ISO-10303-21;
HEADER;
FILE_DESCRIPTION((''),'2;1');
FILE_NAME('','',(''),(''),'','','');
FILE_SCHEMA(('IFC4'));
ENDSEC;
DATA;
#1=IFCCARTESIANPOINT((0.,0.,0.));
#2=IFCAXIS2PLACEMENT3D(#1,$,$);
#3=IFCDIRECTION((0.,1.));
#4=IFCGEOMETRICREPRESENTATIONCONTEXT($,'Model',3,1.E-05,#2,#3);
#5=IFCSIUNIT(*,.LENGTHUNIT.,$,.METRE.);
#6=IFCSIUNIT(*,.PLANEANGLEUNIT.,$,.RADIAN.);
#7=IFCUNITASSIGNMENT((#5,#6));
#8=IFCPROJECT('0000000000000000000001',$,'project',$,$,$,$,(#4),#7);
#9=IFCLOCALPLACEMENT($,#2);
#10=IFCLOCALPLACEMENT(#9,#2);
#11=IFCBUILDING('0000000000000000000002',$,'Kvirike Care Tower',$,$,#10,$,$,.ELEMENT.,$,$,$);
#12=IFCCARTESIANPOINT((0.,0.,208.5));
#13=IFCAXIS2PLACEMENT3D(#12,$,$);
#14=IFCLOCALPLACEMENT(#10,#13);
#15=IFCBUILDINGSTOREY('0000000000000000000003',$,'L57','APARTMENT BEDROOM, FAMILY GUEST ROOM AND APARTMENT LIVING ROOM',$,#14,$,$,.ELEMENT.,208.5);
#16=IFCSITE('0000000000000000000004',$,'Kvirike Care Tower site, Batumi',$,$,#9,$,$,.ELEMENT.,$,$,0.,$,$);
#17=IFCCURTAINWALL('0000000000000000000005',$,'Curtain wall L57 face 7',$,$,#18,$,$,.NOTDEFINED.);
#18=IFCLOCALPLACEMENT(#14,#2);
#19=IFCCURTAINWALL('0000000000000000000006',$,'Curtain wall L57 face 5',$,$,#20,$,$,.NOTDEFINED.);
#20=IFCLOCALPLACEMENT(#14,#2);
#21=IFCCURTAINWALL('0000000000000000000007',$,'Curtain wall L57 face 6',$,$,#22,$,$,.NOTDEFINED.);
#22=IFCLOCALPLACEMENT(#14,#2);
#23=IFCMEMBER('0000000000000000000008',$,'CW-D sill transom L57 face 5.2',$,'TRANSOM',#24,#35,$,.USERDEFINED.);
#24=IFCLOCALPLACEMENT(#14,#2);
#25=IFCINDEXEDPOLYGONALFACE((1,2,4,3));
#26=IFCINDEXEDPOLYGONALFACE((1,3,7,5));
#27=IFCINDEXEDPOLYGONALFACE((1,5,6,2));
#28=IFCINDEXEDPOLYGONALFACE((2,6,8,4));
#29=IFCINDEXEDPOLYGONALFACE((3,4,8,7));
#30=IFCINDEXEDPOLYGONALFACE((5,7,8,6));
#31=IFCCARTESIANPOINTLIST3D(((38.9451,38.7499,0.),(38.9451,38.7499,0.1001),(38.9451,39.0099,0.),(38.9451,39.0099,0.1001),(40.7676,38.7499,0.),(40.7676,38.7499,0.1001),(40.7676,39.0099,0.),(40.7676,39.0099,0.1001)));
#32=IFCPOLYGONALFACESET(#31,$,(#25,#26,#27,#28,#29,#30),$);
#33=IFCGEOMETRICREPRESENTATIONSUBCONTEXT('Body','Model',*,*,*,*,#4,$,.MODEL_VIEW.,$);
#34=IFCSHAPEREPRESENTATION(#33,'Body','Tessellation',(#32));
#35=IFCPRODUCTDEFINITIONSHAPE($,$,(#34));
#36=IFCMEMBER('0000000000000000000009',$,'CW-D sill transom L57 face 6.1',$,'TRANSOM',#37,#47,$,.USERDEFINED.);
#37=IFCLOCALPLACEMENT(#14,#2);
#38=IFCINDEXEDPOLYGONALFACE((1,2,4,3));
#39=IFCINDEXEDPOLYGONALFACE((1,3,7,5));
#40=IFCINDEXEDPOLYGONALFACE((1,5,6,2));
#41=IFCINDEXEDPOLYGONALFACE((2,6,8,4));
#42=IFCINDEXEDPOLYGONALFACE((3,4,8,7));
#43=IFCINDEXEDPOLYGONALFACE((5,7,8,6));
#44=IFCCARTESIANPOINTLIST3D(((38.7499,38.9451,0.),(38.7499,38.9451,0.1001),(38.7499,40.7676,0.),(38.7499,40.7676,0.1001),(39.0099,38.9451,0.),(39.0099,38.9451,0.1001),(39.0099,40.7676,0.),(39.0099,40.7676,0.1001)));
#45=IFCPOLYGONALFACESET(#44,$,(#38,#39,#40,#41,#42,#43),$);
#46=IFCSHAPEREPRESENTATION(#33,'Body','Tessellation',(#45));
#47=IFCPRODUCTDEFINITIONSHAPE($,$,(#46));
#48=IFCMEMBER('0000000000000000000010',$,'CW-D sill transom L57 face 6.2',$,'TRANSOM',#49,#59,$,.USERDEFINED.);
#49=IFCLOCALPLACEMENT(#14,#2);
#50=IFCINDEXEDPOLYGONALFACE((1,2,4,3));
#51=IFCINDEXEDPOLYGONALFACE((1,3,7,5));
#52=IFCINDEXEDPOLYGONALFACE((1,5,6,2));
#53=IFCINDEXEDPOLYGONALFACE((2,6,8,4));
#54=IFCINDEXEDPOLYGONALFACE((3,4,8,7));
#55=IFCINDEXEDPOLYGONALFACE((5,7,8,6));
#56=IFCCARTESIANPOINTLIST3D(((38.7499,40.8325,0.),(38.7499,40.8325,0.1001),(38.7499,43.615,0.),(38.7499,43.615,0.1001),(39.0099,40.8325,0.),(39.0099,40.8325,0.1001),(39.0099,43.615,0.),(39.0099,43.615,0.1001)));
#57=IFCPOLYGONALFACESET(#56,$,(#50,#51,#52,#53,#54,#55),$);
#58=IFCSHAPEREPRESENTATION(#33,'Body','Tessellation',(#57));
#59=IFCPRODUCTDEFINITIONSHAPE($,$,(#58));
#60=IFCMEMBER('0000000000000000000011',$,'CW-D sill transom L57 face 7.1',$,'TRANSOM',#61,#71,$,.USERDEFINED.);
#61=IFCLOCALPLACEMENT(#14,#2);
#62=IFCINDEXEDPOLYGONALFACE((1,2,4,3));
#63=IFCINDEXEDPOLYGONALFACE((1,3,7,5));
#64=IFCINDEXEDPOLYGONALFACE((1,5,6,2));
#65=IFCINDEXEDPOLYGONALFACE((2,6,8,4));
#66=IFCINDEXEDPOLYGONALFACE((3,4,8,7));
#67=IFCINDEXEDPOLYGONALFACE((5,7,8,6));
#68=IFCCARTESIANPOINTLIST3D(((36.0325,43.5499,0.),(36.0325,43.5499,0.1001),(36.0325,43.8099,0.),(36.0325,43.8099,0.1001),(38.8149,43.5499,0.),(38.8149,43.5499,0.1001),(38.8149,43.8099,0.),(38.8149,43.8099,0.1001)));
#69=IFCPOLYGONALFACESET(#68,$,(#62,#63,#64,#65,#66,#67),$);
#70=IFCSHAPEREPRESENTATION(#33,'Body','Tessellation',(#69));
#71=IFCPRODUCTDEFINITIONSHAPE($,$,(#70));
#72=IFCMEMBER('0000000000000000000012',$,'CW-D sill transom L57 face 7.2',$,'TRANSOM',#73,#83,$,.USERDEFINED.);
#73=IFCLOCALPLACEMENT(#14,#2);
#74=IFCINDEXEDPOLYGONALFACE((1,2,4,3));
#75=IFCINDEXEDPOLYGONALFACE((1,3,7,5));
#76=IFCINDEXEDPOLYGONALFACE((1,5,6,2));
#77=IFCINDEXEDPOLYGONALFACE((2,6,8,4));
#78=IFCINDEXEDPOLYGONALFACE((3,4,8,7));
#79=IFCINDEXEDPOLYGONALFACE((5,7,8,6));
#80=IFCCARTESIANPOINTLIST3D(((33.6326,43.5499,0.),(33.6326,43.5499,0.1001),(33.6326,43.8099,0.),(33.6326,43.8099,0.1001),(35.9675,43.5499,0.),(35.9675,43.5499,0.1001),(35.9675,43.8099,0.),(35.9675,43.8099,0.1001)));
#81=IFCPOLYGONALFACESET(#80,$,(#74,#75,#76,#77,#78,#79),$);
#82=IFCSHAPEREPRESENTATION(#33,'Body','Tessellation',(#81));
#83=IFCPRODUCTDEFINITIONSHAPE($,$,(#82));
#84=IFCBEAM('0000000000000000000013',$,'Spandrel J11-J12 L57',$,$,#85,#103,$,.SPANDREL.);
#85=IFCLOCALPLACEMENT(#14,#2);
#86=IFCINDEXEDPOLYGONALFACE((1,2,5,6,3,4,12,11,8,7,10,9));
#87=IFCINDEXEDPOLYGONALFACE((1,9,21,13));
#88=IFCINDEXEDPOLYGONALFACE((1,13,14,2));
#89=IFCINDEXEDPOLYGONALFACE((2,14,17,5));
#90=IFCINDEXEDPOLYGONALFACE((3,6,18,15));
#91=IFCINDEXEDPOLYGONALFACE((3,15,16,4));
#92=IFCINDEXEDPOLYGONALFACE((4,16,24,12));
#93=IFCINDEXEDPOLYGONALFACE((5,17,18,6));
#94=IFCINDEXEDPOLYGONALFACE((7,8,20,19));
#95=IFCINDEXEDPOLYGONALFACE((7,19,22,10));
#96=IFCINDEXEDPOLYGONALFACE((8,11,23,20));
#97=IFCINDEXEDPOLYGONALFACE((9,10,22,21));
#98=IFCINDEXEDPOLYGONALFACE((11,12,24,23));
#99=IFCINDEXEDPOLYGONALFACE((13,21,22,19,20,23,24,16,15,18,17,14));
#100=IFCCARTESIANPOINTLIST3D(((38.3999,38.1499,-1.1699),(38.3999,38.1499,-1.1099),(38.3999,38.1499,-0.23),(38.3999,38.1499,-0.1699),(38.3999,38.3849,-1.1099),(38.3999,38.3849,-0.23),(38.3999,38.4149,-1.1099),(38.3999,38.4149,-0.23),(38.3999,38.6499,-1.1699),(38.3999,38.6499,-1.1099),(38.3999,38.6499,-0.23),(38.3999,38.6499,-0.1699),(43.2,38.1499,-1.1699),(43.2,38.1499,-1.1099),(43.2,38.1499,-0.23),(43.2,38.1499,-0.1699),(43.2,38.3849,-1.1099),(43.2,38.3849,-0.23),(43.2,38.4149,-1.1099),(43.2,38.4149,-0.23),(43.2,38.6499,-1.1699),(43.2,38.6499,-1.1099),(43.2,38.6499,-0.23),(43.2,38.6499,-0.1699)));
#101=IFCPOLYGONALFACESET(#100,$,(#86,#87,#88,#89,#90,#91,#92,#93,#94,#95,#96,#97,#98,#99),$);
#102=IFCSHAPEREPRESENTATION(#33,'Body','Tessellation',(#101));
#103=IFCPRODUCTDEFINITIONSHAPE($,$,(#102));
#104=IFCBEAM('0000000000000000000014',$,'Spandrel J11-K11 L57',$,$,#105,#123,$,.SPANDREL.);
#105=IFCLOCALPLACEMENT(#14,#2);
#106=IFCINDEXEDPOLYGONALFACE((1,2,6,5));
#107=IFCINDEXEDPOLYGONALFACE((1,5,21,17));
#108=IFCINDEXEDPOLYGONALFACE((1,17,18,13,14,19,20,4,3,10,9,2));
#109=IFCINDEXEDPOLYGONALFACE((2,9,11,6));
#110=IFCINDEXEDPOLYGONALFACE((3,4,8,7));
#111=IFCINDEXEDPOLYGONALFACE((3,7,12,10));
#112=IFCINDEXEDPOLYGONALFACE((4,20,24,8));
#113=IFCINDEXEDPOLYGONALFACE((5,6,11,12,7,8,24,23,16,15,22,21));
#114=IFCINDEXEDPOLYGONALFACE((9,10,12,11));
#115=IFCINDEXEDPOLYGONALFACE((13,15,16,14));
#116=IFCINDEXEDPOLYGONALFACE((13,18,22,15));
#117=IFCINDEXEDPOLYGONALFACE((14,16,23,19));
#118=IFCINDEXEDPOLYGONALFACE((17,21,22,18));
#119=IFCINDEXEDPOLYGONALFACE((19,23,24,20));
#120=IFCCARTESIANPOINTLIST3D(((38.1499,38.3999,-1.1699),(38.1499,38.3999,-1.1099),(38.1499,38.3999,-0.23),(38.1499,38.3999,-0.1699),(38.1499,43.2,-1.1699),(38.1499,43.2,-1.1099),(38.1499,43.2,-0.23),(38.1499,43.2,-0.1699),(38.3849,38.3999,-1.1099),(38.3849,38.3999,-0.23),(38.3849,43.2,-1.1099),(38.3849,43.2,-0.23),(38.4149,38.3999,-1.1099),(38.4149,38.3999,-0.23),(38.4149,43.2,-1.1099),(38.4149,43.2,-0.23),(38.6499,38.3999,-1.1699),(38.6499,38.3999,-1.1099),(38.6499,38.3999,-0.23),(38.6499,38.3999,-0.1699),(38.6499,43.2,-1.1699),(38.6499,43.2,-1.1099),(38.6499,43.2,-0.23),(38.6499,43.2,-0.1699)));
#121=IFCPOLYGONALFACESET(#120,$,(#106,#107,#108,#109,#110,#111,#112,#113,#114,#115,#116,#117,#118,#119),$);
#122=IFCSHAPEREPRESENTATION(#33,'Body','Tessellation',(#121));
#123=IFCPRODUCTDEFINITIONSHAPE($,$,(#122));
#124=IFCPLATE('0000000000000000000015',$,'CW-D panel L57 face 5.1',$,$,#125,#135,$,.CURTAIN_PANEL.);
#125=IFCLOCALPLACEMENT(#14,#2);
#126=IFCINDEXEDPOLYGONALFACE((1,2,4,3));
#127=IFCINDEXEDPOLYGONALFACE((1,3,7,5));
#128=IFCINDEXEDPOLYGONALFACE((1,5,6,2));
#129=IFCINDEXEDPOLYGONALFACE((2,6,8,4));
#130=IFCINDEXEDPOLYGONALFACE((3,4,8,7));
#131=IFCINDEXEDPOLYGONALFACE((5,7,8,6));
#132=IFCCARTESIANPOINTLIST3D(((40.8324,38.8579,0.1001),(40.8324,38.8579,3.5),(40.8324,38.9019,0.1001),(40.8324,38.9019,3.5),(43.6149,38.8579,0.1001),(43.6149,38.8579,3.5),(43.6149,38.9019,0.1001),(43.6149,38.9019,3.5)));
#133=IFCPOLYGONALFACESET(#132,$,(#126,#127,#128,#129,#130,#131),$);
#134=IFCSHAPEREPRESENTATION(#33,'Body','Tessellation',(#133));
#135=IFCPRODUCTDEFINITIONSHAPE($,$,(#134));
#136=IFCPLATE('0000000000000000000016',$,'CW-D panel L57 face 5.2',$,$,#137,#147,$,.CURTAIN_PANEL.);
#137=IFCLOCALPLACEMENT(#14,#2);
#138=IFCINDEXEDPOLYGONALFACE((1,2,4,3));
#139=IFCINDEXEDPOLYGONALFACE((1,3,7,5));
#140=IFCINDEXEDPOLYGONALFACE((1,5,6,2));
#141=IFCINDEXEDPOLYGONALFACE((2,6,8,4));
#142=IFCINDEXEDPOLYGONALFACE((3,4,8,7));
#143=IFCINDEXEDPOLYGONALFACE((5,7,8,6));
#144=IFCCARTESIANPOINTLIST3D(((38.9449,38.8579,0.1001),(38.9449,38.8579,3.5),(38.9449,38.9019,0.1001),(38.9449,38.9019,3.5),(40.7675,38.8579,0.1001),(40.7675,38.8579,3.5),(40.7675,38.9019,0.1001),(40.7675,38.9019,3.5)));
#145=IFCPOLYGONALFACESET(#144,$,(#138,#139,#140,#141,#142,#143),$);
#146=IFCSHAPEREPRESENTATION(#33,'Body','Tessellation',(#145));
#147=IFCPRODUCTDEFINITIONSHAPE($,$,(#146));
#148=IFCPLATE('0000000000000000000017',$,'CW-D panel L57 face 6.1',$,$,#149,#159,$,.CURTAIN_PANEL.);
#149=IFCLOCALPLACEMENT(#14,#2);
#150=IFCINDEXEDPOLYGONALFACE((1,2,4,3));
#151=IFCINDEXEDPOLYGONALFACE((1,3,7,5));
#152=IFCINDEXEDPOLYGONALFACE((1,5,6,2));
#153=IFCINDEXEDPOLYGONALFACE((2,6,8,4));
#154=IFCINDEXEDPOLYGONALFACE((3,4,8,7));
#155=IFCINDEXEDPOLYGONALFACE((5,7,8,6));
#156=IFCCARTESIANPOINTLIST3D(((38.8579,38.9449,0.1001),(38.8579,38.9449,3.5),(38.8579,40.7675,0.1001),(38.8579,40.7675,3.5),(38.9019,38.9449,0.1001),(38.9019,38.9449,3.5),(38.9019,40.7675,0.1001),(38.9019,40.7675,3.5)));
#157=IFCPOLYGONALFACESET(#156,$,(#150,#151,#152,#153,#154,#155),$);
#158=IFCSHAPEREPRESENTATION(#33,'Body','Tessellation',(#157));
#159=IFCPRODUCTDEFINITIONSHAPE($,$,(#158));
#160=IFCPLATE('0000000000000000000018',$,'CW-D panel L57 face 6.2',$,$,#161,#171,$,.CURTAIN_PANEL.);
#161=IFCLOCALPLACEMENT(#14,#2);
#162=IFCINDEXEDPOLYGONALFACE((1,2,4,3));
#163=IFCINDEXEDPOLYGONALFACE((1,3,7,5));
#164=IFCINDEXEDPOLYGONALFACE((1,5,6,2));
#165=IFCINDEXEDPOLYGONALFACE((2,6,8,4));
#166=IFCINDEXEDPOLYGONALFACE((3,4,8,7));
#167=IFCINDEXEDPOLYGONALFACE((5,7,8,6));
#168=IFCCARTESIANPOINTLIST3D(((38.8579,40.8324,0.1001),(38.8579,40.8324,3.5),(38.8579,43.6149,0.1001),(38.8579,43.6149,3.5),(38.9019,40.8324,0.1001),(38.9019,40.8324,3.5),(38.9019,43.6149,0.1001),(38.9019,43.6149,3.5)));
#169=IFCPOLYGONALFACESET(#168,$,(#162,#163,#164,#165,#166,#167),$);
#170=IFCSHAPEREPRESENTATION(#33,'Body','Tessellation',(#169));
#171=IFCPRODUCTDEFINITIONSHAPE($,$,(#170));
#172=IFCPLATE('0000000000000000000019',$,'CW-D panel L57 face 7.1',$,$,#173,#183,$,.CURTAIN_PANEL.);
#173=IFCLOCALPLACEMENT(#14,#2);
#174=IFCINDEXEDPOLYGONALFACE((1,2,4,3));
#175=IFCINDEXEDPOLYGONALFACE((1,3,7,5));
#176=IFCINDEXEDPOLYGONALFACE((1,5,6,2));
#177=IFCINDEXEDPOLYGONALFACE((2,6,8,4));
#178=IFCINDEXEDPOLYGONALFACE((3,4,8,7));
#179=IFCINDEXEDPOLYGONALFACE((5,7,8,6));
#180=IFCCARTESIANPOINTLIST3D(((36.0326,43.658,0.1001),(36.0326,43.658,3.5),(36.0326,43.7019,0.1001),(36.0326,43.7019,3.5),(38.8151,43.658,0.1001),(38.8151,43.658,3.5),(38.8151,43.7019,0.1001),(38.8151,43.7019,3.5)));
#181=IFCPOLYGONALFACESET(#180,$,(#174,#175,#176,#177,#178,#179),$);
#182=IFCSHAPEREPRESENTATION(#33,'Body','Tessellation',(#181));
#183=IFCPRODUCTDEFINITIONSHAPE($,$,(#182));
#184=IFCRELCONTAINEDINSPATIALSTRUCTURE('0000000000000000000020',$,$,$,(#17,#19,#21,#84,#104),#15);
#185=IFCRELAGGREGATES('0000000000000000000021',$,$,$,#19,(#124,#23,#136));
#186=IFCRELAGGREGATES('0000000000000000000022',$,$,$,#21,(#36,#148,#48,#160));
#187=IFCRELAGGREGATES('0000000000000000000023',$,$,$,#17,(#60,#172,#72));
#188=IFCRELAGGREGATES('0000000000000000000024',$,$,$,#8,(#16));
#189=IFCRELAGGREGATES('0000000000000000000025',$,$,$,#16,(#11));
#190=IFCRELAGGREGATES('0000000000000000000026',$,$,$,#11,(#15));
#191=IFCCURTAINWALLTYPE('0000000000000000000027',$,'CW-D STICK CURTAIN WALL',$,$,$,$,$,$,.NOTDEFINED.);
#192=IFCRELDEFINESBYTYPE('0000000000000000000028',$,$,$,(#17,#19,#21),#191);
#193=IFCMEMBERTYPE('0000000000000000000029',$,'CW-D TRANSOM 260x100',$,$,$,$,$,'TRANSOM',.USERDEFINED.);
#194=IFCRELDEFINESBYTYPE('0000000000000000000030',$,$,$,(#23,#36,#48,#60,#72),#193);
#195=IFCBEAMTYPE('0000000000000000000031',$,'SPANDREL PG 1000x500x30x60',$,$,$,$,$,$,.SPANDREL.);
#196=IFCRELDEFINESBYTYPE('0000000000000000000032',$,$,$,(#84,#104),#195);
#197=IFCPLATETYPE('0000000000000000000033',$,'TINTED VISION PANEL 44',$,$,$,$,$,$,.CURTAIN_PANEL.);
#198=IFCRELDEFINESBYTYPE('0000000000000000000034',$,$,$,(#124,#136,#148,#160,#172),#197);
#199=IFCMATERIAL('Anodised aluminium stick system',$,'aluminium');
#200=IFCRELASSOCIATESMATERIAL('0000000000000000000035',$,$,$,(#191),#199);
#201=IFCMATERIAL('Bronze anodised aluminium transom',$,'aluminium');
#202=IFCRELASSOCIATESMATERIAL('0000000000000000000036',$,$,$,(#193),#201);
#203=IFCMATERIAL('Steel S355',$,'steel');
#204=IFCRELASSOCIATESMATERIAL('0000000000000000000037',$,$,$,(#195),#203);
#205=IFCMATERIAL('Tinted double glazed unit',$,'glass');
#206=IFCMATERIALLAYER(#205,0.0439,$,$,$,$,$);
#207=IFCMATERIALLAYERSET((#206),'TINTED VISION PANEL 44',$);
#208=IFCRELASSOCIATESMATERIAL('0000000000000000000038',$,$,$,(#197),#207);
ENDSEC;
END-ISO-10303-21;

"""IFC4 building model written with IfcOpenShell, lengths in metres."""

from ifc_helpers import new_model, si_unit, direction, frame, origin, origin_2d, place, context, subcontext, project, spatial, rectangle, i_section, extrude, material, layer, layer_set, material_profile, profile_set, type_object, element, aggregate, save


model = new_model("IFC4")

# Units and contexts
model_context = context("Model", 3, precision=1e-05, world=origin(), true_north=direction((0.0, 1.0)))
body_context = subcontext(model_context, "Body", "Model", "MODEL_VIEW")
ifc_project = project(units=[si_unit("LENGTHUNIT", "METRE"), si_unit("PLANEANGLEUNIT", "RADIAN")], contexts=[model_context])

# Site, building, storey
site_placement = place(None, origin())
site = spatial("IfcSite", under=ifc_project, at=site_placement, Name="Kvirike Care Tower site, Batumi", CompositionType="ELEMENT", RefElevation=0.0)
building_placement = place(site_placement, origin())
building = spatial("IfcBuilding", under=site, at=building_placement, Name="Kvirike Care Tower", CompositionType="ELEMENT")
storey_placement = place(building_placement, frame((0.0, 0.0, 208.5)))
storey = spatial("IfcBuildingStorey", under=building, at=storey_placement, Name="L57", Description="APARTMENT BEDROOM, FAMILY GUEST ROOM AND APARTMENT LIVING ROOM", CompositionType="ELEMENT", Elevation=208.5)

# Curtain wall
ifc_material_1 = material(Name="Anodised aluminium stick system", Category="aluminium")
curtain_wall_type = type_object("IfcCurtainWallType", Name="CW-D STICK CURTAIN WALL", PredefinedType="NOTDEFINED", material=ifc_material_1)
curtain_wall_1_placement = place(storey_placement, origin())
curtain_wall_1 = element("IfcCurtainWall", 1, at=curtain_wall_1_placement, inside=storey, type_object=curtain_wall_type, Name="Curtain wall L57 face 7", PredefinedType="NOTDEFINED")

# Curtain walls
curtain_wall_2_placement = place(storey_placement, origin())
curtain_wall_2 = element("IfcCurtainWall", 2, at=curtain_wall_2_placement, inside=storey, type_object=curtain_wall_type, Name="Curtain wall L57 face 5", PredefinedType="NOTDEFINED")
curtain_wall_3_placement = place(storey_placement, origin())
curtain_wall_3 = element("IfcCurtainWall", 3, at=curtain_wall_3_placement, inside=storey, type_object=curtain_wall_type, Name="Curtain wall L57 face 6", PredefinedType="NOTDEFINED")

# Members
ifc_material_2 = material(Name="Bronze anodised aluminium transom", Category="aluminium")
ifc_material_profile_1 = material_profile(ifc_material_2, rectangle(XDim=0.26, YDim=0.1001, at=origin_2d()), Name="CW-D TRANSOM 260x100")
ifc_profile_set_1 = profile_set([ifc_material_profile_1], Name="Bronze anodised aluminium transom")
member_type_1 = type_object("IfcMemberType", Name="CW-D TRANSOM 260x100", ElementType="TRANSOM", PredefinedType="USERDEFINED", material=ifc_profile_set_1)
member_1_placement = place(storey_placement, frame((40.7676, 38.8799, 0.05), z_axis=(-1.0, 0.0, 0.0), x_axis=(0.0, -1.0, 0.0)))
member_1 = element("IfcMember", 4, at=member_1_placement, type_object=member_type_1, Name="CW-D sill transom L57 face 5.2", ObjectType="TRANSOM", PredefinedType="USERDEFINED", context=body_context, shape_type="SweptSolid", body=[
    extrude(rectangle(XDim=0.26, YDim=0.1001, at=origin_2d()), origin(), (0.0, 0.0, 1.0), 1.8225),
])
member_2_placement = place(storey_placement, frame((38.8799, 38.9451, 0.05), z_axis=(0.0, 1.0, 0.0), x_axis=(-1.0, 0.0, 0.0)))
member_2 = element("IfcMember", 5, at=member_2_placement, type_object=member_type_1, Name="CW-D sill transom L57 face 6.1", ObjectType="TRANSOM", PredefinedType="USERDEFINED", context=body_context, shape_type="SweptSolid", body=[
    extrude(rectangle(XDim=0.26, YDim=0.1001, at=origin_2d()), origin(), (0.0, 0.0, 1.0), 1.8225),
])
member_3_placement = place(storey_placement, frame((38.8799, 40.8325, 0.05), z_axis=(0.0, 1.0, 0.0), x_axis=(-1.0, 0.0, 0.0)))
member_3 = element("IfcMember", 6, at=member_3_placement, type_object=member_type_1, Name="CW-D sill transom L57 face 6.2", ObjectType="TRANSOM", PredefinedType="USERDEFINED", context=body_context, shape_type="SweptSolid", body=[
    extrude(rectangle(XDim=0.26, YDim=0.1001, at=origin_2d()), origin(), (0.0, 0.0, 1.0), 2.7825),
])
member_4_placement = place(storey_placement, frame((38.8149, 43.6799, 0.05), z_axis=(-1.0, 0.0, 0.0), x_axis=(0.0, -1.0, 0.0)))
member_4 = element("IfcMember", 7, at=member_4_placement, type_object=member_type_1, Name="CW-D sill transom L57 face 7.1", ObjectType="TRANSOM", PredefinedType="USERDEFINED", context=body_context, shape_type="SweptSolid", body=[
    extrude(rectangle(XDim=0.26, YDim=0.1001, at=origin_2d()), origin(), (0.0, 0.0, 1.0), 2.7825),
])
member_5_placement = place(storey_placement, frame((35.9675, 43.6799, 0.05), z_axis=(-1.0, 0.0, 0.0), x_axis=(0.0, -1.0, 0.0)))
member_5 = element("IfcMember", 8, at=member_5_placement, type_object=member_type_1, Name="CW-D sill transom L57 face 7.2", ObjectType="TRANSOM", PredefinedType="USERDEFINED", context=body_context, shape_type="SweptSolid", body=[
    extrude(rectangle(XDim=0.26, YDim=0.1001, at=origin_2d()), origin(), (0.0, 0.0, 1.0), 2.335),
])

# Beams
ifc_material_3 = material(Name="Steel S355", Category="steel")
ifc_material_profile_2 = material_profile(ifc_material_3, i_section(OverallWidth=0.5, OverallDepth=1.0, WebThickness=0.03, FlangeThickness=0.0601, at=origin_2d()), Name="PG 1000x500x30x60")
ifc_profile_set_2 = profile_set([ifc_material_profile_2], Name="Steel S355")
beam_type = type_object("IfcBeamType", Name="SPANDREL PG 1000x500x30x60", PredefinedType="SPANDREL", material=ifc_profile_set_2)
for number, where, z_axis, x_axis, name in (
    (9, (38.3999, 38.3999, -0.6699), (1.0, 0.0, 0.0), (0.0, 1.0, 0.0), "Spandrel J11-J12 L57"),
    (10, (38.3999, 38.3999, -0.6699), (0.0, 1.0, 0.0), (-1.0, 0.0, 0.0), "Spandrel J11-K11 L57"),
):
    element("IfcBeam", number, at=place(storey_placement, frame(where, z_axis=z_axis, x_axis=x_axis)), inside=storey, type_object=beam_type, Name=name, PredefinedType="SPANDREL", context=body_context, shape_type="SweptSolid", body=[
        extrude(i_section(OverallWidth=0.5, OverallDepth=1.0, WebThickness=0.03, FlangeThickness=0.0601, at=origin_2d()), origin(), (0.0, 0.0, 1.0), 4.8),
    ])

# Plates
ifc_material_4 = material(Name="Tinted double glazed unit", Category="glass")
ifc_layer_1 = layer(ifc_material_4, 0.0439)
ifc_layer_set_1 = layer_set([ifc_layer_1], Name="TINTED VISION PANEL 44")
plate_type = type_object("IfcPlateType", Name="TINTED VISION PANEL 44", PredefinedType="CURTAIN_PANEL", material=ifc_layer_set_1)
plate_1_placement = place(storey_placement, frame((42.2236, 38.8799, 0.1001), z_axis=(0.0, 0.0, 1.0), x_axis=(-1.0, 0.0, 0.0)))
plate_1 = element("IfcPlate", 11, at=plate_1_placement, type_object=plate_type, Name="CW-D panel L57 face 5.1", PredefinedType="CURTAIN_PANEL", context=body_context, shape_type="SweptSolid", body=[
    extrude(rectangle(XDim=2.7825, YDim=0.0439, at=origin_2d()), origin(), (0.0, 0.0, 1.0), 3.3999),
])
plate_2_placement = place(storey_placement, frame((39.8562, 38.8799, 0.1001), z_axis=(0.0, 0.0, 1.0), x_axis=(-1.0, 0.0, 0.0)))
plate_2 = element("IfcPlate", 12, at=plate_2_placement, type_object=plate_type, Name="CW-D panel L57 face 5.2", PredefinedType="CURTAIN_PANEL", context=body_context, shape_type="SweptSolid", body=[
    extrude(rectangle(XDim=1.8225, YDim=0.0439, at=origin_2d()), origin(), (0.0, 0.0, 1.0), 3.3999),
])
aggregate(curtain_wall_2, [plate_1, member_1, plate_2])
plate_3_placement = place(storey_placement, frame((38.8799, 39.8562, 0.1001), z_axis=(0.0, 0.0, 1.0), x_axis=(0.0, 1.0, 0.0)))
plate_3 = element("IfcPlate", 13, at=plate_3_placement, type_object=plate_type, Name="CW-D panel L57 face 6.1", PredefinedType="CURTAIN_PANEL", context=body_context, shape_type="SweptSolid", body=[
    extrude(rectangle(XDim=1.8225, YDim=0.0439, at=origin_2d()), origin(), (0.0, 0.0, 1.0), 3.3999),
])
plate_4_placement = place(storey_placement, frame((38.8799, 42.2236, 0.1001), z_axis=(0.0, 0.0, 1.0), x_axis=(0.0, 1.0, 0.0)))
plate_4 = element("IfcPlate", 14, at=plate_4_placement, type_object=plate_type, Name="CW-D panel L57 face 6.2", PredefinedType="CURTAIN_PANEL", context=body_context, shape_type="SweptSolid", body=[
    extrude(rectangle(XDim=2.7825, YDim=0.0439, at=origin_2d()), origin(), (0.0, 0.0, 1.0), 3.3999),
])
aggregate(curtain_wall_3, [member_2, plate_3, member_3, plate_4])
plate_5_placement = place(storey_placement, frame((37.4238, 43.6799, 0.1001), z_axis=(0.0, 0.0, 1.0), x_axis=(-1.0, 0.0, 0.0)))
plate_5 = element("IfcPlate", 15, at=plate_5_placement, type_object=plate_type, Name="CW-D panel L57 face 7.1", PredefinedType="CURTAIN_PANEL", context=body_context, shape_type="SweptSolid", body=[
    extrude(rectangle(XDim=2.7825, YDim=0.0439, at=origin_2d()), origin(), (0.0, 0.0, 1.0), 3.3999),
])
aggregate(curtain_wall_1, [member_4, plate_5, member_5])

save(model, "model.ifc")
